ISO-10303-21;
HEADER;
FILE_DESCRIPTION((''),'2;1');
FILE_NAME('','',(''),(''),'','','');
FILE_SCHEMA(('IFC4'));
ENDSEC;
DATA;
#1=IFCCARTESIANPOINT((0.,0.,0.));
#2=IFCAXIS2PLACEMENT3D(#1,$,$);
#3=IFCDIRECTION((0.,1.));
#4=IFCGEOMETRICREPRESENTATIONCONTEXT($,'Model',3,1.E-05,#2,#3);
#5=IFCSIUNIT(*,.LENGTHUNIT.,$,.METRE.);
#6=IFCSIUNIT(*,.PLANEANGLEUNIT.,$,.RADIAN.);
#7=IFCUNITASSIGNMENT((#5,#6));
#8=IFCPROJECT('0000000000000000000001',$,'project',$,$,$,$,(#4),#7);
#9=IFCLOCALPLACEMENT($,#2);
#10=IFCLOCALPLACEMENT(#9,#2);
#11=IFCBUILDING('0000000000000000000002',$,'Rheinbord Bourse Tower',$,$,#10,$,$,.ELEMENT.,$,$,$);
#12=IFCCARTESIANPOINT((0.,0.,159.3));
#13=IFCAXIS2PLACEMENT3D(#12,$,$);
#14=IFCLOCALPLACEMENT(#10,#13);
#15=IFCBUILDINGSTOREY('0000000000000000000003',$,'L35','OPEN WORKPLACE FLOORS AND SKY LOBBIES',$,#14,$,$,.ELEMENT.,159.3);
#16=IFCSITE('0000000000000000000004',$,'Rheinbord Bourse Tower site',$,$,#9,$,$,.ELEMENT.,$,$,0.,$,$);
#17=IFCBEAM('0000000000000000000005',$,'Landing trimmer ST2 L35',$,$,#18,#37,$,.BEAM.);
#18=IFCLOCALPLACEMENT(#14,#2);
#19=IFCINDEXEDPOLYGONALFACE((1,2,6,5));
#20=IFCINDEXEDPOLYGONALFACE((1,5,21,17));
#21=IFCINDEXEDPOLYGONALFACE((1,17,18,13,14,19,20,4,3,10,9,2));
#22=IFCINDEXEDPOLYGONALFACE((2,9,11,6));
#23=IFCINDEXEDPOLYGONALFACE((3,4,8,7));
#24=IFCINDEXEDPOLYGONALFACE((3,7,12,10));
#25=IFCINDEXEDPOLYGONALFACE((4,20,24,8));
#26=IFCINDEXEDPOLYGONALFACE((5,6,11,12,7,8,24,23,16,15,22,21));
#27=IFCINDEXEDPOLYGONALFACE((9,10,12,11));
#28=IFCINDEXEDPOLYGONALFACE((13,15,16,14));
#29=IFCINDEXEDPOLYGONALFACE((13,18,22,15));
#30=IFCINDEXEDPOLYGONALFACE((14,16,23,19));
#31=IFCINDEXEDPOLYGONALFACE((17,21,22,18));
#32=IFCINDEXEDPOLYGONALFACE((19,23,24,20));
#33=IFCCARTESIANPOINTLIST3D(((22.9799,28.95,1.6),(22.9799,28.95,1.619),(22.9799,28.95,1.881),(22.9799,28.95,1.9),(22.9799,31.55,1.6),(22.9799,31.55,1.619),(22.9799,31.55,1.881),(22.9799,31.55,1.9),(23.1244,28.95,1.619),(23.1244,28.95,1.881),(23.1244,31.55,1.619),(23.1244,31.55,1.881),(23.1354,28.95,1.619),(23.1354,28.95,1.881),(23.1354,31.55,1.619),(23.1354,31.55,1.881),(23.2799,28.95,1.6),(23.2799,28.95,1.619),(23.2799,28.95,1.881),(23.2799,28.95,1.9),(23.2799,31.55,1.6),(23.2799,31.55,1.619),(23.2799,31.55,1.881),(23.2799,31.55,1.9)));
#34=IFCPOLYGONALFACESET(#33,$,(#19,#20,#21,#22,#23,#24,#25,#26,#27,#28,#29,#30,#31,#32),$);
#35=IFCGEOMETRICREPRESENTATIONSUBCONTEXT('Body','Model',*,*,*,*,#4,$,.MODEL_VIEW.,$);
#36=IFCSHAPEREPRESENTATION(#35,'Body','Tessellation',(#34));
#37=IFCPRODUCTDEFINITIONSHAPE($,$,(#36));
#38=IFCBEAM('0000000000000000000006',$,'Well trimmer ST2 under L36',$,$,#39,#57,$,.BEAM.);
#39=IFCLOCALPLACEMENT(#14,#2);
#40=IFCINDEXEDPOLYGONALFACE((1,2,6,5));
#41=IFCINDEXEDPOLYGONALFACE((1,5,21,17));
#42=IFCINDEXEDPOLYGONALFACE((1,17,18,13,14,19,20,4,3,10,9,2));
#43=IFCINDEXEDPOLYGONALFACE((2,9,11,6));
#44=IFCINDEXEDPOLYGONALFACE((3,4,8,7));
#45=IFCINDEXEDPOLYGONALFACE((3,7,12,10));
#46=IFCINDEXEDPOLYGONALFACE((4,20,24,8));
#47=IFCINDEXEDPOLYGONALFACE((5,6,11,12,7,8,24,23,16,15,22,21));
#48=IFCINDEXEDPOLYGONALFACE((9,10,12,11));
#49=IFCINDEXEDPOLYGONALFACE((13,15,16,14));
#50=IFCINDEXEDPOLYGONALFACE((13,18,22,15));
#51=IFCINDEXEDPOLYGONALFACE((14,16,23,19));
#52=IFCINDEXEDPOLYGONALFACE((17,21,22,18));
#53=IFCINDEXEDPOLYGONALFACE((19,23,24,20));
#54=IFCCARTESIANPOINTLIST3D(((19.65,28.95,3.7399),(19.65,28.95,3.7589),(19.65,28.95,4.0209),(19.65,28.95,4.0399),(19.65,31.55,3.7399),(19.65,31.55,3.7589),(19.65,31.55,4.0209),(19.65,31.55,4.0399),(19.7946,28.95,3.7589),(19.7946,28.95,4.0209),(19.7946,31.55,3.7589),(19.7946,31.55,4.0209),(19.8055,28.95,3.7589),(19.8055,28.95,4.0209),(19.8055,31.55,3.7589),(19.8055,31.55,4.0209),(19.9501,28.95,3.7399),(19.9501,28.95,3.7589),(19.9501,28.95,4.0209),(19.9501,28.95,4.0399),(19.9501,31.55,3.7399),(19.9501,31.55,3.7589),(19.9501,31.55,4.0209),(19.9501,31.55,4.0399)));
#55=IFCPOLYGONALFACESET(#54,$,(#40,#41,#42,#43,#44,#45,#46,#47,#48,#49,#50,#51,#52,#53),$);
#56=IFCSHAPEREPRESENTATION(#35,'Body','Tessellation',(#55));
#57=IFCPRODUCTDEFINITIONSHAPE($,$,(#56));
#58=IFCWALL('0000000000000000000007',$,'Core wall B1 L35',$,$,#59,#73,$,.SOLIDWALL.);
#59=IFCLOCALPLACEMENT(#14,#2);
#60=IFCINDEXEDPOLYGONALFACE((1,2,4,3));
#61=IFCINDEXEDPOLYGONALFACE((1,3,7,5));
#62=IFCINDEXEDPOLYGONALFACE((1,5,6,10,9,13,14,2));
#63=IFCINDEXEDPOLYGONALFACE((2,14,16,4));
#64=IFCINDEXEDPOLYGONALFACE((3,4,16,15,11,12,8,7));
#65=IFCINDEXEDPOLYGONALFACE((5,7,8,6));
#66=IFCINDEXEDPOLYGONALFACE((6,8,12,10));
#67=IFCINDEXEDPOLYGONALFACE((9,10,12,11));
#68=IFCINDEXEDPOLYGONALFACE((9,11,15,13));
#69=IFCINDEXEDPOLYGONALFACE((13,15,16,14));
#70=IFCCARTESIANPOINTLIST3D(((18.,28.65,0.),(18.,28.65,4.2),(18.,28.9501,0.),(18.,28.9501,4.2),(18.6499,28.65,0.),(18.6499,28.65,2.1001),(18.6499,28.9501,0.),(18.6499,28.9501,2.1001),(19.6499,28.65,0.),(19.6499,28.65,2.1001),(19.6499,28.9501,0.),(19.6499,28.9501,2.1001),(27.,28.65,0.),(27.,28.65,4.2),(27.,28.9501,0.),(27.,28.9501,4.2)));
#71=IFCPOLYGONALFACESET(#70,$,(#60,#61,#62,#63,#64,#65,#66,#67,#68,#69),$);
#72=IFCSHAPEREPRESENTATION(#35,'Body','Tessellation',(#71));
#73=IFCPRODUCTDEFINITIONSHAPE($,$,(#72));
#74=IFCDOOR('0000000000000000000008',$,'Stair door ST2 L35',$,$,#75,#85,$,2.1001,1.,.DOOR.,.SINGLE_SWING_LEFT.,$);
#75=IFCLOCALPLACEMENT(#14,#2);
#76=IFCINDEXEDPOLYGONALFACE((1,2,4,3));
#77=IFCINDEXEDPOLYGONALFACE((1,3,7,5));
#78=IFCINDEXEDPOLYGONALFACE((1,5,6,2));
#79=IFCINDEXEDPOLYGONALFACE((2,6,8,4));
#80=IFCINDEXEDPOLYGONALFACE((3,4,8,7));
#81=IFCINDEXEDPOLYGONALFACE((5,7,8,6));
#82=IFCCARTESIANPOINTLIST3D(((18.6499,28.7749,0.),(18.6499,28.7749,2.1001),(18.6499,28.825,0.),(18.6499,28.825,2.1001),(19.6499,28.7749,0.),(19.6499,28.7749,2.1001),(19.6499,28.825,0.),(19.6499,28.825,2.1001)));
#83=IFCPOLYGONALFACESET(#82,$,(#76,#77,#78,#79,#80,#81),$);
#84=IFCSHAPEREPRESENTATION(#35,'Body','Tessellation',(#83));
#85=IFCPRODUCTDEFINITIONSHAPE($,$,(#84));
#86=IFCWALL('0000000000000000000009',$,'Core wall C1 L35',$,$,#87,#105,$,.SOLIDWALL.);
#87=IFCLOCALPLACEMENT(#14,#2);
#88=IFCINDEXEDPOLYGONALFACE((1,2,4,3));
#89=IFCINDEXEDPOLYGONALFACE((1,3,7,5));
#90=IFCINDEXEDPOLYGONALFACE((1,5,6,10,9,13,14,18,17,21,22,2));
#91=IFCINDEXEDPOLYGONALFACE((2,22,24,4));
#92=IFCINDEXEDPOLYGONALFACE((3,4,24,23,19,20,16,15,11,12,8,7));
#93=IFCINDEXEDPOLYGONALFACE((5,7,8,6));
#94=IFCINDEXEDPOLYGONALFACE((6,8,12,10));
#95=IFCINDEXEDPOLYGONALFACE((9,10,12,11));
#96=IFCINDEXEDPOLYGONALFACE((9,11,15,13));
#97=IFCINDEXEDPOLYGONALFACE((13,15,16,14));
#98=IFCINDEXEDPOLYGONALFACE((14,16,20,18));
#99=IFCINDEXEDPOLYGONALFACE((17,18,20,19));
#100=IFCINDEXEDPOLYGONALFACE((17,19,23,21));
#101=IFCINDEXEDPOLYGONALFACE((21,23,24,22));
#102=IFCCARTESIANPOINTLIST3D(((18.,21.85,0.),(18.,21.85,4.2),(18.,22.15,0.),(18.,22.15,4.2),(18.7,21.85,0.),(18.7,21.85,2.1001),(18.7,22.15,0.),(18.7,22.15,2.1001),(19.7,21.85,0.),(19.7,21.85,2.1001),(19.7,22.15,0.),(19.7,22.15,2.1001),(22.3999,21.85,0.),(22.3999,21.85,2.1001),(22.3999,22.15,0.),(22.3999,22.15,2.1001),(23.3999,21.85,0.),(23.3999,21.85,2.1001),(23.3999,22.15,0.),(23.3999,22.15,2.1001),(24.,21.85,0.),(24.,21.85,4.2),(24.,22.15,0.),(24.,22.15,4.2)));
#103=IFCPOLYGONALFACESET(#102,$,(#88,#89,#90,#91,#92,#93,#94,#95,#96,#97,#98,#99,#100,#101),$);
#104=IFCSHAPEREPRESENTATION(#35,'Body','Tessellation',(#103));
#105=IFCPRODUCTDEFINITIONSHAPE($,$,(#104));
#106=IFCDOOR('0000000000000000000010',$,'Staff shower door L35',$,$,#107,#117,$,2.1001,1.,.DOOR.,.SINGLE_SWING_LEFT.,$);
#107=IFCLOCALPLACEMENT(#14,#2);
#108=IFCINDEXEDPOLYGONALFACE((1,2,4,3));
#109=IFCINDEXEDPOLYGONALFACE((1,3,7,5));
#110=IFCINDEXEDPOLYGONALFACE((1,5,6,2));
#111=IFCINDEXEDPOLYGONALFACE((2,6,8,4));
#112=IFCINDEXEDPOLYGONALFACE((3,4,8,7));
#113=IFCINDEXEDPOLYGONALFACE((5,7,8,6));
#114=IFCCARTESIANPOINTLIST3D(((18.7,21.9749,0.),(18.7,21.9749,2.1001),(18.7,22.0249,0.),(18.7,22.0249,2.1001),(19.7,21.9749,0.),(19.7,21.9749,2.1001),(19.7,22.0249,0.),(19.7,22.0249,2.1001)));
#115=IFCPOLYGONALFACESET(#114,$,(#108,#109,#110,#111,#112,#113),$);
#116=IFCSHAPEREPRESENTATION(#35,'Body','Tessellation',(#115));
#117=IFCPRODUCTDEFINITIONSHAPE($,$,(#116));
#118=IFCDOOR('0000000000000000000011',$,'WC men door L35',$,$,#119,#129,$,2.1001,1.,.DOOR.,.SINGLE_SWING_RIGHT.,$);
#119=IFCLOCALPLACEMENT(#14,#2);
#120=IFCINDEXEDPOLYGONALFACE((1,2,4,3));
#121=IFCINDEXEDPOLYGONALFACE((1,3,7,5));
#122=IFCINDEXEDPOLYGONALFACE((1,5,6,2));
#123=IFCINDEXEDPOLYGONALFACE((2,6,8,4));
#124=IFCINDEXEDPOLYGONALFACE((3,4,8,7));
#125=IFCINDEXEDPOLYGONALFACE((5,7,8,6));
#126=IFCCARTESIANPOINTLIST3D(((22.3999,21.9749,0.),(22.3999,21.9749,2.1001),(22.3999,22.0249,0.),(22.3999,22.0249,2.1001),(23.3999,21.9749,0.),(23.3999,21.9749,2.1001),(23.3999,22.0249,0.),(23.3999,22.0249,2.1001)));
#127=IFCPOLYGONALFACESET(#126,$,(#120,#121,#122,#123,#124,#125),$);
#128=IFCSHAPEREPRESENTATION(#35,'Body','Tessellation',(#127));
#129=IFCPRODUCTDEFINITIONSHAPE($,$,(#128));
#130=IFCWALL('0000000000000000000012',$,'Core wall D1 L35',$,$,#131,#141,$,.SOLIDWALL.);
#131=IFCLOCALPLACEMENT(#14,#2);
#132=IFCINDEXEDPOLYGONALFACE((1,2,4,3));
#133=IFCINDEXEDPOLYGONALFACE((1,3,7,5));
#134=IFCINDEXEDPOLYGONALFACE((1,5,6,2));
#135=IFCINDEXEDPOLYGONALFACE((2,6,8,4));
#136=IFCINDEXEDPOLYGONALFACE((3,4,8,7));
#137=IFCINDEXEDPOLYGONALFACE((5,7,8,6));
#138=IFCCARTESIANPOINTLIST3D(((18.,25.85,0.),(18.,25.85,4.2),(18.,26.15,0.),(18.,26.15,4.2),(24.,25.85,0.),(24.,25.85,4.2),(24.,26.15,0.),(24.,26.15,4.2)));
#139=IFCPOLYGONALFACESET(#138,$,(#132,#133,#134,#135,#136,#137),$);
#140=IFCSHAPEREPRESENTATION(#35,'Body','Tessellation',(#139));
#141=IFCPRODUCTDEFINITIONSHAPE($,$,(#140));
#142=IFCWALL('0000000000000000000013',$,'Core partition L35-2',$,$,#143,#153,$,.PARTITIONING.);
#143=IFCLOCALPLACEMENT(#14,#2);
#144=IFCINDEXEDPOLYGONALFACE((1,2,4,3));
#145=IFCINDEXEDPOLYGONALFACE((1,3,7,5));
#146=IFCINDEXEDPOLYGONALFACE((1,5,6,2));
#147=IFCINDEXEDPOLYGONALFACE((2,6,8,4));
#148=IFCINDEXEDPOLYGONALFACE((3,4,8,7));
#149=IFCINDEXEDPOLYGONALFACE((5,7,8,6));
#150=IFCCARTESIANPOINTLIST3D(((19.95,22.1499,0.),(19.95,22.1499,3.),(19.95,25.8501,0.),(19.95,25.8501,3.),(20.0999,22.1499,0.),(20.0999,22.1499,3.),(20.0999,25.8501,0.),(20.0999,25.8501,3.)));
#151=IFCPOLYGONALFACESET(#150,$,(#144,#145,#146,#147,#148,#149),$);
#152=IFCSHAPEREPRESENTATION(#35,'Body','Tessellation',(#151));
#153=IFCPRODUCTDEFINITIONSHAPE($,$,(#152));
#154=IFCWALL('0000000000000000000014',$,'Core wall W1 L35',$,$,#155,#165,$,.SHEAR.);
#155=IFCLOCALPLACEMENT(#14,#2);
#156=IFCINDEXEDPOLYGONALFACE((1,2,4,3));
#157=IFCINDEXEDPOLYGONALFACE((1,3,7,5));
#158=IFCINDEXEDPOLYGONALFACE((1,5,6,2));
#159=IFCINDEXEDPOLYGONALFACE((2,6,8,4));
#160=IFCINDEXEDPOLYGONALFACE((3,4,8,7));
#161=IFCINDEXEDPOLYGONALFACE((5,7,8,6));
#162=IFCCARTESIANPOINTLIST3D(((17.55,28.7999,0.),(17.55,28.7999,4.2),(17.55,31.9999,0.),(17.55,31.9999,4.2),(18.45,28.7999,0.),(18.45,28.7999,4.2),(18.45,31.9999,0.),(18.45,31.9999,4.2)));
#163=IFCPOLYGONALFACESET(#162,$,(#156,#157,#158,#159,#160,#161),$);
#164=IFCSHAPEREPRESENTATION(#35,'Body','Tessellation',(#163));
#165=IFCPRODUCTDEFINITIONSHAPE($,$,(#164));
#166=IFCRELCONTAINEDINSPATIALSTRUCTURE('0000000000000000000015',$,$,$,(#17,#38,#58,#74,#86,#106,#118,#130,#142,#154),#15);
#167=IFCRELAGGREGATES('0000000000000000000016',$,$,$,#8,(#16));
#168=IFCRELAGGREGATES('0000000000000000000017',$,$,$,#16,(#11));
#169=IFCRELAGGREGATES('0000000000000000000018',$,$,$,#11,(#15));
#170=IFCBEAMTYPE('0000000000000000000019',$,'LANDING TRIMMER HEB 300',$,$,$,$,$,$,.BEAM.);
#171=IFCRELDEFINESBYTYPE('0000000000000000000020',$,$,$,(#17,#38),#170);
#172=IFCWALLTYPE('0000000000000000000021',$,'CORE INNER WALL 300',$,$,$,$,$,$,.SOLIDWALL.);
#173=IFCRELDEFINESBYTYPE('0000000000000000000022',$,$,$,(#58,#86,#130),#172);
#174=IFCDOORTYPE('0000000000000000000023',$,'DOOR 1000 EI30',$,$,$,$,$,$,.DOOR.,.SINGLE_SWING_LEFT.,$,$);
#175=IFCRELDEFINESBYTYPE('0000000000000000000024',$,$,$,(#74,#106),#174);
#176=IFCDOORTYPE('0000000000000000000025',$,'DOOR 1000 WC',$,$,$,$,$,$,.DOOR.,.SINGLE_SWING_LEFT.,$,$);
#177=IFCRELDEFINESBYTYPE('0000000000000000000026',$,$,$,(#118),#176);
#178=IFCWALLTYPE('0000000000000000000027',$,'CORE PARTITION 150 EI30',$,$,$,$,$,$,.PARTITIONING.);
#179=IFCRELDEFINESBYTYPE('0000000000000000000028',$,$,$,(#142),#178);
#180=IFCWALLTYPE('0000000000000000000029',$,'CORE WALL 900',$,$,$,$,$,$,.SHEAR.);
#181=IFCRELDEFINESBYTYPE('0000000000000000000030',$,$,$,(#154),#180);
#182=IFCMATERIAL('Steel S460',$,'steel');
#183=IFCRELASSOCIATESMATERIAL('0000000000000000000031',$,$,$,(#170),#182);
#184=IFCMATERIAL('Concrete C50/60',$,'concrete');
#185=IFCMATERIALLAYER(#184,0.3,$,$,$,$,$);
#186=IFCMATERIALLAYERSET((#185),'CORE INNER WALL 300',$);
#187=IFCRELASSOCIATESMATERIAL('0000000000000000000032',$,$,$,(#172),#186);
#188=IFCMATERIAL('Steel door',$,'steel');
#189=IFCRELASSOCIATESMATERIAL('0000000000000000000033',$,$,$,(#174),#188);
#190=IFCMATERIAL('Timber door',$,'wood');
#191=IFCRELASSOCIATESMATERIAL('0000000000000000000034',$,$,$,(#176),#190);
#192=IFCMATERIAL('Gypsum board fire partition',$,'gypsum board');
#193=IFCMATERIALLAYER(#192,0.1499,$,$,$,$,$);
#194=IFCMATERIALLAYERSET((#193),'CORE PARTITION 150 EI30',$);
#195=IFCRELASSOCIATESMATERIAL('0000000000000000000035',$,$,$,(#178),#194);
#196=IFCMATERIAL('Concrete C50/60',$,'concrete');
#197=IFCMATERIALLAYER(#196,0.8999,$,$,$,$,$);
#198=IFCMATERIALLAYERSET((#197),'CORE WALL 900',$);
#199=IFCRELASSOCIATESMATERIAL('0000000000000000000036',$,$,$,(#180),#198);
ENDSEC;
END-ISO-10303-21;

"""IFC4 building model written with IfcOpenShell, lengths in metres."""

from ifc_helpers import new_model, si_unit, direction, frame, frame_2d, origin, origin_2d, place, context, subcontext, project, spatial, rectangle, i_section, extrude, material, layer, layer_set, material_profile, profile_set, type_object, element, fill, save


model = new_model("IFC4")

# Units and contexts
model_context = context("Model", 3, precision=1e-05, world=origin(), true_north=direction((0.0, 1.0)))
body_context = subcontext(model_context, "Body", "Model", "MODEL_VIEW")
ifc_project = project(units=[si_unit("LENGTHUNIT", "METRE"), si_unit("PLANEANGLEUNIT", "RADIAN")], contexts=[model_context])

# Site, building, storey
site_placement = place(None, origin())
site = spatial("IfcSite", under=ifc_project, at=site_placement, Name="Rheinbord Bourse Tower site", CompositionType="ELEMENT", RefElevation=0.0)
building_placement = place(site_placement, origin())
building = spatial("IfcBuilding", under=site, at=building_placement, Name="Rheinbord Bourse Tower", CompositionType="ELEMENT")
storey_placement = place(building_placement, frame((0.0, 0.0, 159.3)))
storey = spatial("IfcBuildingStorey", under=building, at=storey_placement, Name="L35", Description="OPEN WORKPLACE FLOORS AND SKY LOBBIES", CompositionType="ELEMENT", Elevation=159.3)

# Beams
ifc_material_1 = material(Name="Steel S460", Category="steel")
ifc_material_profile = material_profile(ifc_material_1, i_section(OverallWidth=0.3, OverallDepth=0.3, WebThickness=0.011, FlangeThickness=0.019, at=origin_2d()), Name="HEB 300")
ifc_profile_set = profile_set([ifc_material_profile], Name="Steel S460")
beam_type = type_object("IfcBeamType", Name="LANDING TRIMMER HEB 300", PredefinedType="BEAM", material=ifc_profile_set)
for number, where, z_axis, x_axis, name in (
    (1, (23.1299, 28.95, 1.75), (0.0, 1.0, 0.0), (-1.0, 0.0, 0.0), "Landing trimmer ST2 L35"),
    (2, (19.8, 28.95, 3.8899), (0.0, 1.0, 0.0), (-1.0, 0.0, 0.0), "Well trimmer ST2 under L36"),
):
    element("IfcBeam", number, at=place(storey_placement, frame(where, z_axis=z_axis, x_axis=x_axis)), inside=storey, type_object=beam_type, Name=name, PredefinedType="BEAM", context=body_context, shape_type="SweptSolid", body=[
        extrude(i_section(OverallWidth=0.3, OverallDepth=0.3, WebThickness=0.011, FlangeThickness=0.019, at=origin_2d()), origin(), (0.0, 0.0, 1.0), 2.6001),
    ])

# Wall, opening, door
ifc_material_2 = material(Name="Concrete C50/60", Category="concrete")
ifc_layer_1 = layer(ifc_material_2, 0.3)
ifc_layer_set_1 = layer_set([ifc_layer_1], Name="CORE INNER WALL 300")
wall_type_1 = type_object("IfcWallType", Name="CORE INNER WALL 300", PredefinedType="SOLIDWALL", material=ifc_layer_set_1)
wall_1_placement = place(storey_placement, frame((18.0, 28.8, 0.0), z_axis=(0.0, 0.0, 1.0), x_axis=(1.0, 0.0, 0.0)))
wall_1 = element("IfcWall", 3, at=wall_1_placement, inside=storey, type_object=wall_type_1, Name="Core wall B1 L35", PredefinedType="SOLIDWALL", context=body_context, shape_type="SweptSolid", body=[
    extrude(rectangle(XDim=9.0, YDim=0.3, at=frame_2d((4.5, 0.0))), origin(), (0.0, 0.0, 1.0), 4.2),
])
opening_1_placement = place(wall_1_placement, frame((0.6499, 0.0, 0.0)))
opening_1 = element("IfcOpeningElement", 4, at=opening_1_placement, cuts=wall_1, PredefinedType="OPENING", context=body_context, shape_type="SweptSolid", body=[
    extrude(rectangle(XDim=1.0, YDim=2.1001, at=frame_2d((0.5, 1.05))), frame((0.0, 0.1599, 0.0), z_axis=(0.0, -1.0, 0.0), x_axis=(1.0, 0.0, 0.0)), (0.0, 0.0, 1.0), 0.3201),
])
ifc_material_3 = material(Name="Steel door", Category="steel")
door_type_1 = type_object("IfcDoorType", Name="DOOR 1000 EI30", OperationType="SINGLE_SWING_LEFT", PredefinedType="DOOR", material=ifc_material_3)
door_1_placement = place(opening_1_placement, origin())
door_1 = element("IfcDoor", 5, at=door_1_placement, inside=storey, type_object=door_type_1, Name="Stair door ST2 L35", OperationType="SINGLE_SWING_LEFT", OverallHeight=2.1001, OverallWidth=1.0, PredefinedType="DOOR", context=body_context, shape_type="SweptSolid", body=[
    extrude(rectangle(XDim=1.0, YDim=2.1001, at=frame_2d((0.5, 1.05))), frame((0.0, 0.0249, 0.0), z_axis=(0.0, -1.0, 0.0), x_axis=(1.0, 0.0, 0.0)), (0.0, 0.0, 1.0), 0.05),
])
fill(opening_1, door_1)

# Wall, openings, doors
wall_2_placement = place(storey_placement, frame((18.0, 22.0, 0.0), z_axis=(0.0, 0.0, 1.0), x_axis=(1.0, 0.0, 0.0)))
wall_2 = element("IfcWall", 6, at=wall_2_placement, inside=storey, type_object=wall_type_1, Name="Core wall C1 L35", PredefinedType="SOLIDWALL", context=body_context, shape_type="SweptSolid", body=[
    extrude(rectangle(XDim=6.0, YDim=0.3, at=frame_2d((3.0, 0.0))), origin(), (0.0, 0.0, 1.0), 4.2),
])
opening_2_placement = place(wall_2_placement, frame((4.3999, 0.0, 0.0)))
opening_2 = element("IfcOpeningElement", 7, at=opening_2_placement, cuts=wall_2, PredefinedType="OPENING", context=body_context, shape_type="SweptSolid", body=[
    extrude(rectangle(XDim=1.0, YDim=2.1001, at=frame_2d((0.5, 1.05))), frame((0.0, 0.1599, 0.0), z_axis=(0.0, -1.0, 0.0), x_axis=(1.0, 0.0, 0.0)), (0.0, 0.0, 1.0), 0.3201),
])
opening_3_placement = place(wall_2_placement, frame((0.7, 0.0, 0.0)))
opening_3 = element("IfcOpeningElement", 8, at=opening_3_placement, cuts=wall_2, PredefinedType="OPENING", context=body_context, shape_type="SweptSolid", body=[
    extrude(rectangle(XDim=1.0, YDim=2.1001, at=frame_2d((0.5, 1.05))), frame((0.0, 0.1599, 0.0), z_axis=(0.0, -1.0, 0.0), x_axis=(1.0, 0.0, 0.0)), (0.0, 0.0, 1.0), 0.3201),
])
door_2_placement = place(opening_3_placement, origin())
door_2 = element("IfcDoor", 9, at=door_2_placement, inside=storey, type_object=door_type_1, Name="Staff shower door L35", OperationType="SINGLE_SWING_LEFT", OverallHeight=2.1001, OverallWidth=1.0, PredefinedType="DOOR", context=body_context, shape_type="SweptSolid", body=[
    extrude(rectangle(XDim=1.0, YDim=2.1001, at=frame_2d((0.5, 1.05))), frame((0.0, 0.0249, 0.0), z_axis=(0.0, -1.0, 0.0), x_axis=(1.0, 0.0, 0.0)), (0.0, 0.0, 1.0), 0.05),
])
fill(opening_3, door_2)
ifc_material_4 = material(Name="Timber door", Category="wood")
door_type_2 = type_object("IfcDoorType", Name="DOOR 1000 WC", OperationType="SINGLE_SWING_LEFT", PredefinedType="DOOR", material=ifc_material_4)
door_3_placement = place(opening_2_placement, origin())
door_3 = element("IfcDoor", 10, at=door_3_placement, inside=storey, type_object=door_type_2, Name="WC men door L35", OperationType="SINGLE_SWING_RIGHT", OverallHeight=2.1001, OverallWidth=1.0, PredefinedType="DOOR", context=body_context, shape_type="SweptSolid", body=[
    extrude(rectangle(XDim=1.0, YDim=2.1001, at=frame_2d((0.5, 1.05))), frame((0.0, 0.0249, 0.0), z_axis=(0.0, -1.0, 0.0), x_axis=(1.0, 0.0, 0.0)), (0.0, 0.0, 1.0), 0.05),
])
fill(opening_2, door_3)

# Walls
wall_3_placement = place(storey_placement, frame((18.0, 26.0, 0.0), z_axis=(0.0, 0.0, 1.0), x_axis=(1.0, 0.0, 0.0)))
element("IfcWall", 11, at=wall_3_placement, inside=storey, type_object=wall_type_1, Name="Core wall D1 L35", PredefinedType="SOLIDWALL", context=body_context, shape_type="SweptSolid", body=[
    extrude(rectangle(XDim=6.0, YDim=0.3, at=frame_2d((3.0, 0.0))), origin(), (0.0, 0.0, 1.0), 4.2),
])
ifc_material_5 = material(Name="Gypsum board fire partition", Category="gypsum board")
ifc_layer_2 = layer(ifc_material_5, 0.1499)
ifc_layer_set_2 = layer_set([ifc_layer_2], Name="CORE PARTITION 150 EI30")
wall_type_2 = type_object("IfcWallType", Name="CORE PARTITION 150 EI30", PredefinedType="PARTITIONING", material=ifc_layer_set_2)
wall_4_placement = place(storey_placement, frame((20.0249, 22.1499, 0.0), z_axis=(0.0, 0.0, 1.0), x_axis=(0.0, 1.0, 0.0)))
element("IfcWall", 12, at=wall_4_placement, inside=storey, type_object=wall_type_2, Name="Core partition L35-2", PredefinedType="PARTITIONING", context=body_context, shape_type="SweptSolid", body=[
    extrude(rectangle(XDim=3.7002, YDim=0.1499, at=frame_2d((1.8501, 0.0))), origin(), (0.0, 0.0, 1.0), 3.0),
])
ifc_material_6 = material(Name="Concrete C50/60", Category="concrete")
ifc_layer_3 = layer(ifc_material_6, 0.8999)
ifc_layer_set_3 = layer_set([ifc_layer_3], Name="CORE WALL 900")
wall_type_3 = type_object("IfcWallType", Name="CORE WALL 900", PredefinedType="SHEAR", material=ifc_layer_set_3)
wall_5_placement = place(storey_placement, frame((18.0, 32.0, 0.0), z_axis=(0.0, 0.0, 1.0), x_axis=(0.0, -1.0, 0.0)))
element("IfcWall", 13, at=wall_5_placement, inside=storey, type_object=wall_type_3, Name="Core wall W1 L35", PredefinedType="SHEAR", context=body_context, shape_type="SweptSolid", body=[
    extrude(rectangle(XDim=3.2, YDim=0.8999, at=frame_2d((1.6001, 0.0))), origin(), (0.0, 0.0, 1.0), 4.2),
])

save(model, "model.ifc")
